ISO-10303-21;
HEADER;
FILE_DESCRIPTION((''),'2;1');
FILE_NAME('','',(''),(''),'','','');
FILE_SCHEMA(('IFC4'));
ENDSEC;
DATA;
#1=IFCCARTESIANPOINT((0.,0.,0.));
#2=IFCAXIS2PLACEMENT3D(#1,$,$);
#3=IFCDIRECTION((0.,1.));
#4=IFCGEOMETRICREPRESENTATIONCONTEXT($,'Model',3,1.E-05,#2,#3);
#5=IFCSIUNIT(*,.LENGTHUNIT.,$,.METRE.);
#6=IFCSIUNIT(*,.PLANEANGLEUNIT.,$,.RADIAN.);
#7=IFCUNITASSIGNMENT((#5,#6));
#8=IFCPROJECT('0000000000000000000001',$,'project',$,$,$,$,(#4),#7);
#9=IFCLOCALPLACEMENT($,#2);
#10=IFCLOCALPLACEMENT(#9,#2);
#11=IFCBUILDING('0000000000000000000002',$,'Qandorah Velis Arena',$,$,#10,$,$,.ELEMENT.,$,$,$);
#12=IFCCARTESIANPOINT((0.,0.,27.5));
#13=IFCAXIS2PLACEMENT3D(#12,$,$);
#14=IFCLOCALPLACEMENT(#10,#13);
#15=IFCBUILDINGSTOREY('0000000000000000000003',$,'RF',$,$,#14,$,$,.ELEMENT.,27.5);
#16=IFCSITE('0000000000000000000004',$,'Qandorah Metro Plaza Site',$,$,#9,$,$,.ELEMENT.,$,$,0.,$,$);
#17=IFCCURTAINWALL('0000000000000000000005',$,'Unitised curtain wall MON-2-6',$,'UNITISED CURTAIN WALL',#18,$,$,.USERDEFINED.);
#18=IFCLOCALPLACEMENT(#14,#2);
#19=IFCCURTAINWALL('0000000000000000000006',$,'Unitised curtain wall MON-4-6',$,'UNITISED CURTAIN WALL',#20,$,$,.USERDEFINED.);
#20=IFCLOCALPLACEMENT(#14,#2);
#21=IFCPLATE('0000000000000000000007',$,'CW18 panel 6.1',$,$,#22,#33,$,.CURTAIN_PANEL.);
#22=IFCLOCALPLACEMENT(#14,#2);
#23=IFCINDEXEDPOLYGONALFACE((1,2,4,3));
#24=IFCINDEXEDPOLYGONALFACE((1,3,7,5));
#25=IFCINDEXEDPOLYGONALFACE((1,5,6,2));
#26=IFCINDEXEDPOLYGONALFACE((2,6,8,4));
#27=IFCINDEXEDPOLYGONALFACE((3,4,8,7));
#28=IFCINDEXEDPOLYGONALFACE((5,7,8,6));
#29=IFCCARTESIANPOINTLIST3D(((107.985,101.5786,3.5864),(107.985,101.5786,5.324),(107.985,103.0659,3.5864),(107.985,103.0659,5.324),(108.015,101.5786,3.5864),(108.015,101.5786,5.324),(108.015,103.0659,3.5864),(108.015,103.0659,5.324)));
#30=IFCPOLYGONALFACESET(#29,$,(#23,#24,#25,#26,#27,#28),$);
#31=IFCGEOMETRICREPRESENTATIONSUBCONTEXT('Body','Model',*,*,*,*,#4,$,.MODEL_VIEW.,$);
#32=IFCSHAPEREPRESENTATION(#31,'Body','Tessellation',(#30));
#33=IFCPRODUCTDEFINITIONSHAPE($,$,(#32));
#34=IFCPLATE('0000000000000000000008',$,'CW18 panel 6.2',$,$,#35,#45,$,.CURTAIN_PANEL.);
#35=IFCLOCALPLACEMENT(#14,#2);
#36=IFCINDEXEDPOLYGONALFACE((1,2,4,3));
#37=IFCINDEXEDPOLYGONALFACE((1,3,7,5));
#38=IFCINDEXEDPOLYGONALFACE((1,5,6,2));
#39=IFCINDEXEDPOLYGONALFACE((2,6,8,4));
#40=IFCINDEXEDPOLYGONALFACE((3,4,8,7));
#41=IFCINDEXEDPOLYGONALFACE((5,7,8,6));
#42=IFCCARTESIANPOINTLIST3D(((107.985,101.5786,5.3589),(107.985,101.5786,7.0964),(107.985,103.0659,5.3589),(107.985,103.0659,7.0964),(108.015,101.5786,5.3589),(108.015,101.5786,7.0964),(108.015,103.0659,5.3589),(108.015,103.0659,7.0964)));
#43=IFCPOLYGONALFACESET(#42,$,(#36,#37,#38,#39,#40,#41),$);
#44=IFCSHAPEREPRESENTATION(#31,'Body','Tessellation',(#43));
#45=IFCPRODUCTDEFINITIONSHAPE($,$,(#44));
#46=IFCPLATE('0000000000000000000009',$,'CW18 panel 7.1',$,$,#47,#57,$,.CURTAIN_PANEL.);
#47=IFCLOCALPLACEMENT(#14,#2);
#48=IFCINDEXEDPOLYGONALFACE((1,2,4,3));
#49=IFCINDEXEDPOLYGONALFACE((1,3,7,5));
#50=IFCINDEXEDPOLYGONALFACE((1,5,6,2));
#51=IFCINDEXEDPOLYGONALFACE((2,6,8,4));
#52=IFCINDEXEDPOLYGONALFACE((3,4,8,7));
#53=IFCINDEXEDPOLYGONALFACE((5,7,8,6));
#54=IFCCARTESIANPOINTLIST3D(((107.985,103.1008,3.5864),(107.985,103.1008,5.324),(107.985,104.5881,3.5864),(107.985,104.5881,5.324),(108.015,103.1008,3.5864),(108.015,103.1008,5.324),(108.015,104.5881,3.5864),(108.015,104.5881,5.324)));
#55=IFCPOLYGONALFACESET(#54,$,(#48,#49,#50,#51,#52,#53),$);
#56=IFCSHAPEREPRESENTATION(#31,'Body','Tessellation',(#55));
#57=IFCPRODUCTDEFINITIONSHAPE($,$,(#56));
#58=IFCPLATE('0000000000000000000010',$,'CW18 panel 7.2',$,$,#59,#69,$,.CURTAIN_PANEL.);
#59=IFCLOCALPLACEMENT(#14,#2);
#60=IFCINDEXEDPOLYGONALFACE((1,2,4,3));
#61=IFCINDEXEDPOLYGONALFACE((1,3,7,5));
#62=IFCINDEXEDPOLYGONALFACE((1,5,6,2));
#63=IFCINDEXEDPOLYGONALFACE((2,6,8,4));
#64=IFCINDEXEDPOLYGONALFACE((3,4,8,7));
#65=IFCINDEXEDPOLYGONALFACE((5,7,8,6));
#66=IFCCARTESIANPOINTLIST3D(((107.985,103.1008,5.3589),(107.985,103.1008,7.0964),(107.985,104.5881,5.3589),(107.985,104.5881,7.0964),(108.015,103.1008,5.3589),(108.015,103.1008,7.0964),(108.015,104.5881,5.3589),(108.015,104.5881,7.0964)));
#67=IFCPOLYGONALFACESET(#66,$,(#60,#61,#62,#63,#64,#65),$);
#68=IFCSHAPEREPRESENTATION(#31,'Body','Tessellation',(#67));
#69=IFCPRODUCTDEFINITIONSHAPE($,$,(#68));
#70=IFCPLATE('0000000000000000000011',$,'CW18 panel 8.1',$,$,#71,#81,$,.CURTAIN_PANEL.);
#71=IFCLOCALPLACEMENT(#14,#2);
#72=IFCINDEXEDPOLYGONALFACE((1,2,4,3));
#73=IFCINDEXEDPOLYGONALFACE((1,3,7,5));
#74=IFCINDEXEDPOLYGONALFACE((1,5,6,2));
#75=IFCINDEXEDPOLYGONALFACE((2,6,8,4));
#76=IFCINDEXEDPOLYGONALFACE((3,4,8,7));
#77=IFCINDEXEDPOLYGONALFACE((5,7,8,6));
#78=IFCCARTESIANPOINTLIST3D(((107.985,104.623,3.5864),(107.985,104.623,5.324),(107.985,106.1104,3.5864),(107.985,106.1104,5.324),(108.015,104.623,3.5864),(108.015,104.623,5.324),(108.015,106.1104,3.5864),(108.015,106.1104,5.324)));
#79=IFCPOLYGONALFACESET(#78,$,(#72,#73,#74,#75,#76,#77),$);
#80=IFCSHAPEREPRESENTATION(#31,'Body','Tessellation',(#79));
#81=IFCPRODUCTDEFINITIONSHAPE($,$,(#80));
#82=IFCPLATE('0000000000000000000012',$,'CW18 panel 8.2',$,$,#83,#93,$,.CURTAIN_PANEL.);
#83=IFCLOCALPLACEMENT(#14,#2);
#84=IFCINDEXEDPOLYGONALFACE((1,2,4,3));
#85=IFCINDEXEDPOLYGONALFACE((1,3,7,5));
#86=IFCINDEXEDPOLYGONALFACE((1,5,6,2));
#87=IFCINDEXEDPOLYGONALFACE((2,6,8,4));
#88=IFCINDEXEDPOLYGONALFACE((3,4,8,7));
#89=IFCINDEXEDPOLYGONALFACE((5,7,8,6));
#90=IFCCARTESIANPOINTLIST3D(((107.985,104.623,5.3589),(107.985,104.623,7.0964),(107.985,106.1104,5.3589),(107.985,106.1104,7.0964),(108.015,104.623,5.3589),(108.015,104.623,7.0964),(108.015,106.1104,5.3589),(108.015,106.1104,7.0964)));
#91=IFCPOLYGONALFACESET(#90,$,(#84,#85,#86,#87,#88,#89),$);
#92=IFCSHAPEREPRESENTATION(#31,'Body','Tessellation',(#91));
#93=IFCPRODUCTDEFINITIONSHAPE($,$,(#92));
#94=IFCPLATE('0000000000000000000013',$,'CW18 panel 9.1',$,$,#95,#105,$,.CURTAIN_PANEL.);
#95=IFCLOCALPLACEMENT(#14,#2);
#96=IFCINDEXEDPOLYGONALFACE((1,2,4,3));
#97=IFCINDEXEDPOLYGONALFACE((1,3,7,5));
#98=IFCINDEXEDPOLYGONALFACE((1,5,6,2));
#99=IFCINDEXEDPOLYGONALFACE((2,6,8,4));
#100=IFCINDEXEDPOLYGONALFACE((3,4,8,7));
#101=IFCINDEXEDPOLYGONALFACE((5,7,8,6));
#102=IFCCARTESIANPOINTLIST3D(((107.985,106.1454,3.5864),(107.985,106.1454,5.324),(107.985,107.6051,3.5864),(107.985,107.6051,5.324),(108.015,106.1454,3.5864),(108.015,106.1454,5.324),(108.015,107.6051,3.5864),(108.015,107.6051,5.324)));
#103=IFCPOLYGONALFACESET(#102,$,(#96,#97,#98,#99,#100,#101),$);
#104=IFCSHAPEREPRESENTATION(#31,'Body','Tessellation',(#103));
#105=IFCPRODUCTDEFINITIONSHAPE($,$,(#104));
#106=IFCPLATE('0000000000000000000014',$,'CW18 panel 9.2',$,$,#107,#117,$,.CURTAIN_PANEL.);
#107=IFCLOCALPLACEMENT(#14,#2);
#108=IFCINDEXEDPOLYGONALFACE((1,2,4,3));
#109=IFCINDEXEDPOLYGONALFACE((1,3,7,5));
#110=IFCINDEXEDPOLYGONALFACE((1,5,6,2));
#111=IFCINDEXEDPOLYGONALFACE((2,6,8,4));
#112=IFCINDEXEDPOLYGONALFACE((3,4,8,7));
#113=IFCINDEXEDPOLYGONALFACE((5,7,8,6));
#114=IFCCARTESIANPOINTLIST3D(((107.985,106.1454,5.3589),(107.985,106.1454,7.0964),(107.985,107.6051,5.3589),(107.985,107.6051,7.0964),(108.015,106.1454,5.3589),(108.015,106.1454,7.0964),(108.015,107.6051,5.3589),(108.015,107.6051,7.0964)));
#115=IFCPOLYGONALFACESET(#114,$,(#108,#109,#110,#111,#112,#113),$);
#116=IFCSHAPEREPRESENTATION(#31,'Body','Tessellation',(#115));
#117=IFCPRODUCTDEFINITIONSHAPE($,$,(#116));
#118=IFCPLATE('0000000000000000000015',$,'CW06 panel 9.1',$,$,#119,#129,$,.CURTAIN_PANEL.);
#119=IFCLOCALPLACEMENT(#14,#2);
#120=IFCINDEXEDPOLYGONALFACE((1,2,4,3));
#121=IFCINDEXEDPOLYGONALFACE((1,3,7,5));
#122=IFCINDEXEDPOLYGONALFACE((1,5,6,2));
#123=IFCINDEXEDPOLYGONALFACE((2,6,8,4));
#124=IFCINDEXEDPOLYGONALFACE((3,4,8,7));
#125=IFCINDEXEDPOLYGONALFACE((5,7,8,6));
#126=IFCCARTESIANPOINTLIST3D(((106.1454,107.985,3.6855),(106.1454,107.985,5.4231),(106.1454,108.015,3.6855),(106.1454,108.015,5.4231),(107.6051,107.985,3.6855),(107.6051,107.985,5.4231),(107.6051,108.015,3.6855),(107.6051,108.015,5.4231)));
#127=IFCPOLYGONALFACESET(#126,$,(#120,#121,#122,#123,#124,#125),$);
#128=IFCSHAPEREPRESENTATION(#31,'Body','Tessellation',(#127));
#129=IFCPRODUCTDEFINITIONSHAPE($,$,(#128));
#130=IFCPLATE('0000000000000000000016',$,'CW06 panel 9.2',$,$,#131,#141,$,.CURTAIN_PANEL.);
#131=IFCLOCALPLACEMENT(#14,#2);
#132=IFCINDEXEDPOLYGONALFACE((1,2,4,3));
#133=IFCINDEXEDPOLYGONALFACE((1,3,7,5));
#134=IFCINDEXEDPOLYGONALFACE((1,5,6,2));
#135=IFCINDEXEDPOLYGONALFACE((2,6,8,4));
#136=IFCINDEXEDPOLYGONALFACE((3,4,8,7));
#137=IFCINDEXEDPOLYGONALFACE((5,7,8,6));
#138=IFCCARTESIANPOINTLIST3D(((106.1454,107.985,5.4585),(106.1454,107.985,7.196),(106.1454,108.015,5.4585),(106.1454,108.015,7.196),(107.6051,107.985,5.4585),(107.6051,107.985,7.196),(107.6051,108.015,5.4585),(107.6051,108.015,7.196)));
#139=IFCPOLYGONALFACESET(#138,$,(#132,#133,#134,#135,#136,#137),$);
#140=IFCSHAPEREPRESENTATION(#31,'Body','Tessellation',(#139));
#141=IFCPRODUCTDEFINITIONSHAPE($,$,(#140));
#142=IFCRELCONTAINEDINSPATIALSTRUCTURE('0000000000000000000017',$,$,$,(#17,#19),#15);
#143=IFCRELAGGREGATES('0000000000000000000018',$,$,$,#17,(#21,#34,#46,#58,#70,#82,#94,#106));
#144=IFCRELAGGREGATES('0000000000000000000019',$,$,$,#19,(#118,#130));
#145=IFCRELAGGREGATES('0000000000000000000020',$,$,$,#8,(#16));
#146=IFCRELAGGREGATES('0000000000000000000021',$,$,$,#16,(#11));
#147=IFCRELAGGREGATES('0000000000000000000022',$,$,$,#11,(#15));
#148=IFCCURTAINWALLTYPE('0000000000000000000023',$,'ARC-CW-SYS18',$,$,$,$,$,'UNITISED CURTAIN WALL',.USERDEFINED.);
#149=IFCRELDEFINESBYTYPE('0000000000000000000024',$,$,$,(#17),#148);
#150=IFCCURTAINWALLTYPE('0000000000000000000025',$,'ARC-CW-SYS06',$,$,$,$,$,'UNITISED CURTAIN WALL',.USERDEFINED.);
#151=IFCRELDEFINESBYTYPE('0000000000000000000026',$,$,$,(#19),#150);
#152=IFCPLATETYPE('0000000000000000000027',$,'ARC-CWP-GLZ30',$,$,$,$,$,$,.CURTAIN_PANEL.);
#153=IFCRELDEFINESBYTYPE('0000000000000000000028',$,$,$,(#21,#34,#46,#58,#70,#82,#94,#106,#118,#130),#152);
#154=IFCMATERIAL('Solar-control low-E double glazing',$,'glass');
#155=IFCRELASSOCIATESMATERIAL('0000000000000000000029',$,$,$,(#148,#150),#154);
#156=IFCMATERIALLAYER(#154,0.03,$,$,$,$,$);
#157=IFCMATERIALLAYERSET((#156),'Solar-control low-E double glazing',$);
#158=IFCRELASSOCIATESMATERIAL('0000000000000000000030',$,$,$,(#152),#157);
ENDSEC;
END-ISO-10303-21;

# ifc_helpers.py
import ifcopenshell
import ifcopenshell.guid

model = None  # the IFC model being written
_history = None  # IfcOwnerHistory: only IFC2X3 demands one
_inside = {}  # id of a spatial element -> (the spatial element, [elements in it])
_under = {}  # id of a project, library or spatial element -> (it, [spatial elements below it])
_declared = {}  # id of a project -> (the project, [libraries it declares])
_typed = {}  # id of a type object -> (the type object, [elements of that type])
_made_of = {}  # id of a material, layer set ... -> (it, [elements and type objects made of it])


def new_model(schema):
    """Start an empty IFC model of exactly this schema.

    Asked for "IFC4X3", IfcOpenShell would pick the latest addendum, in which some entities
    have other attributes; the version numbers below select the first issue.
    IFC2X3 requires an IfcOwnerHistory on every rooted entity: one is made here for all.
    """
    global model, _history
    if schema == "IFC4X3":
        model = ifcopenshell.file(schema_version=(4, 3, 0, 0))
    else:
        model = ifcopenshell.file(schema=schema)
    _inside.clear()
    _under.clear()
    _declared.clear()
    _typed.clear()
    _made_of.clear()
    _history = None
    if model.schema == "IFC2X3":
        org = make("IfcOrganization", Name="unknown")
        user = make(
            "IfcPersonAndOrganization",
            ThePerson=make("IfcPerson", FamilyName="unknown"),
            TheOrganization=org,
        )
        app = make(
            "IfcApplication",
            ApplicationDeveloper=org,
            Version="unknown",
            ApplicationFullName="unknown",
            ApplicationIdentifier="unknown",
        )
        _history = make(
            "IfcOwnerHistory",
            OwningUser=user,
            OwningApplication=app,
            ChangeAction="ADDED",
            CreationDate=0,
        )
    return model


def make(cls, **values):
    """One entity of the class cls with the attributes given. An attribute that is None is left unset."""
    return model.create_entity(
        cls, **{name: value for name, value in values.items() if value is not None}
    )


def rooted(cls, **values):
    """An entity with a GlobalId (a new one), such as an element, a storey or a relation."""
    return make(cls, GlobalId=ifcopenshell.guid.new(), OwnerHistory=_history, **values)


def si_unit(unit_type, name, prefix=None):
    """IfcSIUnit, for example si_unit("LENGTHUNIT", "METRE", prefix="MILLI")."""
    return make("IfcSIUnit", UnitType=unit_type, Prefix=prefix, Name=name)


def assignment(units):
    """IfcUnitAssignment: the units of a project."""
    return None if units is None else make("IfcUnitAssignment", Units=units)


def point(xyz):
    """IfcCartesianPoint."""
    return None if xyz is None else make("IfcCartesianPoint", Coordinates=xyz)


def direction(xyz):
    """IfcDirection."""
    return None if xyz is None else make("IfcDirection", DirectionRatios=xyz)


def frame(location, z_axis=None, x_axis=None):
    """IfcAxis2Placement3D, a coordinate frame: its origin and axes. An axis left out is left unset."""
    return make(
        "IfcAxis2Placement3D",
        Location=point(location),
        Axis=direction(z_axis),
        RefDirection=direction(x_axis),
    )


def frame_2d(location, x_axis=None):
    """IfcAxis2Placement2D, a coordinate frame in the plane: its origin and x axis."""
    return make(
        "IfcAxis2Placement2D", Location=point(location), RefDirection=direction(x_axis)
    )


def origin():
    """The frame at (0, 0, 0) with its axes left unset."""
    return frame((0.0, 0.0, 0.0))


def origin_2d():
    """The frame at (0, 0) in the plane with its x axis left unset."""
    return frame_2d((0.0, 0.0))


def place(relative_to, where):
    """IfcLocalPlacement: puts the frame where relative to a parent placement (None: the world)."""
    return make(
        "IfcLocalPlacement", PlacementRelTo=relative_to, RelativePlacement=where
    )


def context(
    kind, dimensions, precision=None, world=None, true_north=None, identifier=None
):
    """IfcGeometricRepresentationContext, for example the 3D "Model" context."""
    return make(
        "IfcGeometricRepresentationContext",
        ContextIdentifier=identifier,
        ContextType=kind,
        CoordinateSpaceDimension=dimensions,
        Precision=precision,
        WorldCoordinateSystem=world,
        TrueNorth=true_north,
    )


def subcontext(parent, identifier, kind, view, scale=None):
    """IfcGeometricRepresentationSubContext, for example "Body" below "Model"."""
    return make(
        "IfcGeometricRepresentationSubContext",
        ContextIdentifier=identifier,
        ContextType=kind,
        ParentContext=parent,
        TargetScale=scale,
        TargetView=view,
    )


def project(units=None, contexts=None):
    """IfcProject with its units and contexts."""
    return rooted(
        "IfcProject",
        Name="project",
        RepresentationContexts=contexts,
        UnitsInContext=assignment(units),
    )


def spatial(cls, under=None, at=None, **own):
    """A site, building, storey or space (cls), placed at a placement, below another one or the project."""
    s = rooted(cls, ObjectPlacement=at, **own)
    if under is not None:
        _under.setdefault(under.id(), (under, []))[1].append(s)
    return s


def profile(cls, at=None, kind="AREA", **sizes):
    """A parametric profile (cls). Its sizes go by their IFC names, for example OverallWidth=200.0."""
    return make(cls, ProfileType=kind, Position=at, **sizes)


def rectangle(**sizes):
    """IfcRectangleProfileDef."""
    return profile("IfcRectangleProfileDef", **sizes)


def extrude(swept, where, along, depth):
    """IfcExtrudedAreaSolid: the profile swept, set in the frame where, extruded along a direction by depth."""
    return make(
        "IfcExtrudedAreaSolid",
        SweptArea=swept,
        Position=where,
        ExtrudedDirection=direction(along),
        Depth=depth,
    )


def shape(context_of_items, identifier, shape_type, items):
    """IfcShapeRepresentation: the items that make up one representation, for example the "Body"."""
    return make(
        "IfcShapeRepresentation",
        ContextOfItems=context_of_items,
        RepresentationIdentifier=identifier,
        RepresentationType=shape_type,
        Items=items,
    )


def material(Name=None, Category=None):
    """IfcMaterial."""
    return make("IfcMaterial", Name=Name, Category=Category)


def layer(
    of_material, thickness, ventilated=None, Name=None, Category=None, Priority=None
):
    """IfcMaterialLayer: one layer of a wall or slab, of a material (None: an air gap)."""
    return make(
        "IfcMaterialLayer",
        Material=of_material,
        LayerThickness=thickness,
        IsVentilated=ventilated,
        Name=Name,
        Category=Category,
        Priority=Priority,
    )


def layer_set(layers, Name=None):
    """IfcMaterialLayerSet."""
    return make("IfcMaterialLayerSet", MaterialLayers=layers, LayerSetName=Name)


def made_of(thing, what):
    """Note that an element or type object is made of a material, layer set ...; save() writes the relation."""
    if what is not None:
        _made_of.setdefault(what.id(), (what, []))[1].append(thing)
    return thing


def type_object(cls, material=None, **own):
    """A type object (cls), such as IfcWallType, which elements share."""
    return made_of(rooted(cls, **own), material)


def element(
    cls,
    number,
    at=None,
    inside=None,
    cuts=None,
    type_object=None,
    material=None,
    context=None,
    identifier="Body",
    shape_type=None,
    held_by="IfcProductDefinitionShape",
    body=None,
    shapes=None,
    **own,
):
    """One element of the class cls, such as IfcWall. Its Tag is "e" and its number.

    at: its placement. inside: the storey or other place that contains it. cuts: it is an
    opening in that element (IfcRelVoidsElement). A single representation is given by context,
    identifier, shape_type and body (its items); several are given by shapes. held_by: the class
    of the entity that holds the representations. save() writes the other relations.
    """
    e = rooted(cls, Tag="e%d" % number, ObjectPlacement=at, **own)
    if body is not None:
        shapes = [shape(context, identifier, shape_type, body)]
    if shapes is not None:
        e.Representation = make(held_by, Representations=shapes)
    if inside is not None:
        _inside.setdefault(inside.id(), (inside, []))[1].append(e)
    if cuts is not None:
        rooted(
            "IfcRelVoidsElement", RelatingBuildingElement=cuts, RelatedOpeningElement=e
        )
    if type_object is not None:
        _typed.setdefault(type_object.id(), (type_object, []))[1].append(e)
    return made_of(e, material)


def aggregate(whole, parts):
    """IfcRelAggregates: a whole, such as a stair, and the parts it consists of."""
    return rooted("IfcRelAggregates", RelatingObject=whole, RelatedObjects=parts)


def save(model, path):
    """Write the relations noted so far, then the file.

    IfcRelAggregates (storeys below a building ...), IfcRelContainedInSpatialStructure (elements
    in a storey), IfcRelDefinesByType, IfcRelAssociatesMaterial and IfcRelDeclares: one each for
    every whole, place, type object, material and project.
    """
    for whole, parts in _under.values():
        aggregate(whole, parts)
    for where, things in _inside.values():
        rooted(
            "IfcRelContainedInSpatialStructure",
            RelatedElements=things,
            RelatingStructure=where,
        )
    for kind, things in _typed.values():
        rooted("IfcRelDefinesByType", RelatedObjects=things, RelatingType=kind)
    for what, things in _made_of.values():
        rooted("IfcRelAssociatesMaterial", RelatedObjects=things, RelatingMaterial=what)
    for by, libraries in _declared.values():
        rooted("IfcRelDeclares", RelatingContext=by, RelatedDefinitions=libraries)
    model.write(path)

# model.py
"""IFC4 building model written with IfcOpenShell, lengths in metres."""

from ifc_helpers import new_model, si_unit, direction, frame, origin, origin_2d, place, context, subcontext, project, spatial, rectangle, extrude, material, layer, layer_set, type_object, element, aggregate, save


model = new_model("IFC4")

# Units and contexts
model_context = context("Model", 3, precision=1e-05, world=origin(), true_north=direction((0.0, 1.0)))
body_context = subcontext(model_context, "Body", "Model", "MODEL_VIEW")
ifc_project = project(units=[si_unit("LENGTHUNIT", "METRE"), si_unit("PLANEANGLEUNIT", "RADIAN")], contexts=[model_context])

# Site, building, storey
site_placement = place(None, origin())
site = spatial("IfcSite", under=ifc_project, at=site_placement, Name="Qandorah Metro Plaza Site", CompositionType="ELEMENT", RefElevation=0.0)
building_placement = place(site_placement, origin())
building = spatial("IfcBuilding", under=site, at=building_placement, Name="Qandorah Velis Arena", CompositionType="ELEMENT")
storey_placement = place(building_placement, frame((0.0, 0.0, 27.5)))
storey = spatial("IfcBuildingStorey", under=building, at=storey_placement, Name="RF", CompositionType="ELEMENT", Elevation=27.5)

# Curtain walls
ifc_material_1 = material(Name="Solar-control low-E double glazing", Category="glass")
curtain_wall_type_1 = type_object("IfcCurtainWallType", Name="ARC-CW-SYS18", ElementType="UNITISED CURTAIN WALL", PredefinedType="USERDEFINED", material=ifc_material_1)
curtain_wall_1_placement = place(storey_placement, origin())
curtain_wall_1 = element("IfcCurtainWall", 1, at=curtain_wall_1_placement, inside=storey, type_object=curtain_wall_type_1, Name="Unitised curtain wall MON-2-6", ObjectType="UNITISED CURTAIN WALL", PredefinedType="USERDEFINED")
curtain_wall_type_2 = type_object("IfcCurtainWallType", Name="ARC-CW-SYS06", ElementType="UNITISED CURTAIN WALL", PredefinedType="USERDEFINED", material=ifc_material_1)
curtain_wall_2_placement = place(storey_placement, origin())
curtain_wall_2 = element("IfcCurtainWall", 2, at=curtain_wall_2_placement, inside=storey, type_object=curtain_wall_type_2, Name="Unitised curtain wall MON-4-6", ObjectType="UNITISED CURTAIN WALL", PredefinedType="USERDEFINED")

# Plates
ifc_layer = layer(ifc_material_1, 0.03)
ifc_layer_set = layer_set([ifc_layer], Name="Solar-control low-E double glazing")
plate_type = type_object("IfcPlateType", Name="ARC-CWP-GLZ30", PredefinedType="CURTAIN_PANEL", material=ifc_layer_set)
plate_1_placement = place(storey_placement, frame((108.0, 102.3223, 3.5864), z_axis=(0.0, 0.0, 1.0), x_axis=(0.0, 1.0, 0.0)))
plate_1 = element("IfcPlate", 3, at=plate_1_placement, type_object=plate_type, Name="CW18 panel 6.1", PredefinedType="CURTAIN_PANEL", context=body_context, shape_type="SweptSolid", body=[
    extrude(rectangle(XDim=1.4873, YDim=0.03, at=origin_2d()), origin(), (0.0, 0.0, 1.0), 1.7375),
])
plate_2_placement = place(storey_placement, frame((108.0, 102.3223, 5.3589), z_axis=(0.0, 0.0, 1.0), x_axis=(0.0, 1.0, 0.0)))
plate_2 = element("IfcPlate", 4, at=plate_2_placement, type_object=plate_type, Name="CW18 panel 6.2", PredefinedType="CURTAIN_PANEL", context=body_context, shape_type="SweptSolid", body=[
    extrude(rectangle(XDim=1.4873, YDim=0.03, at=origin_2d()), origin(), (0.0, 0.0, 1.0), 1.7375),
])
plate_3_placement = place(storey_placement, frame((108.0, 103.8445, 3.5864), z_axis=(0.0, 0.0, 1.0), x_axis=(0.0, 1.0, 0.0)))
plate_3 = element("IfcPlate", 5, at=plate_3_placement, type_object=plate_type, Name="CW18 panel 7.1", PredefinedType="CURTAIN_PANEL", context=body_context, shape_type="SweptSolid", body=[
    extrude(rectangle(XDim=1.4873, YDim=0.03, at=origin_2d()), origin(), (0.0, 0.0, 1.0), 1.7375),
])
plate_4_placement = place(storey_placement, frame((108.0, 103.8445, 5.3589), z_axis=(0.0, 0.0, 1.0), x_axis=(0.0, 1.0, 0.0)))
plate_4 = element("IfcPlate", 6, at=plate_4_placement, type_object=plate_type, Name="CW18 panel 7.2", PredefinedType="CURTAIN_PANEL", context=body_context, shape_type="SweptSolid", body=[
    extrude(rectangle(XDim=1.4873, YDim=0.03, at=origin_2d()), origin(), (0.0, 0.0, 1.0), 1.7375),
])
plate_5_placement = place(storey_placement, frame((108.0, 105.3667, 3.5864), z_axis=(0.0, 0.0, 1.0), x_axis=(0.0, 1.0, 0.0)))
plate_5 = element("IfcPlate", 7, at=plate_5_placement, type_object=plate_type, Name="CW18 panel 8.1", PredefinedType="CURTAIN_PANEL", context=body_context, shape_type="SweptSolid", body=[
    extrude(rectangle(XDim=1.4873, YDim=0.03, at=origin_2d()), origin(), (0.0, 0.0, 1.0), 1.7375),
])
plate_6_placement = place(storey_placement, frame((108.0, 105.3667, 5.3589), z_axis=(0.0, 0.0, 1.0), x_axis=(0.0, 1.0, 0.0)))
plate_6 = element("IfcPlate", 8, at=plate_6_placement, type_object=plate_type, Name="CW18 panel 8.2", PredefinedType="CURTAIN_PANEL", context=body_context, shape_type="SweptSolid", body=[
    extrude(rectangle(XDim=1.4873, YDim=0.03, at=origin_2d()), origin(), (0.0, 0.0, 1.0), 1.7375),
])
plate_7_placement = place(storey_placement, frame((108.0, 106.8752, 3.5864), z_axis=(0.0, 0.0, 1.0), x_axis=(0.0, 1.0, 0.0)))
plate_7 = element("IfcPlate", 9, at=plate_7_placement, type_object=plate_type, Name="CW18 panel 9.1", PredefinedType="CURTAIN_PANEL", context=body_context, shape_type="SweptSolid", body=[
    extrude(rectangle(XDim=1.4597, YDim=0.03, at=origin_2d()), origin(), (0.0, 0.0, 1.0), 1.7375),
])
plate_8_placement = place(storey_placement, frame((108.0, 106.8752, 5.3589), z_axis=(0.0, 0.0, 1.0), x_axis=(0.0, 1.0, 0.0)))
plate_8 = element("IfcPlate", 10, at=plate_8_placement, type_object=plate_type, Name="CW18 panel 9.2", PredefinedType="CURTAIN_PANEL", context=body_context, shape_type="SweptSolid", body=[
    extrude(rectangle(XDim=1.4597, YDim=0.03, at=origin_2d()), origin(), (0.0, 0.0, 1.0), 1.7375),
])
aggregate(curtain_wall_1, [plate_1, plate_2, plate_3, plate_4, plate_5, plate_6, plate_7, plate_8])
plate_9_placement = place(storey_placement, frame((106.8752, 108.0, 3.6855), z_axis=(0.0, 0.0, 1.0), x_axis=(1.0, 0.0, 0.0)))
plate_9 = element("IfcPlate", 11, at=plate_9_placement, type_object=plate_type, Name="CW06 panel 9.1", PredefinedType="CURTAIN_PANEL", context=body_context, shape_type="SweptSolid", body=[
    extrude(rectangle(XDim=1.4597, YDim=0.03, at=origin_2d()), origin(), (0.0, 0.0, 1.0), 1.7375),
])
plate_10_placement = place(storey_placement, frame((106.8752, 108.0, 5.4585), z_axis=(0.0, 0.0, 1.0), x_axis=(1.0, 0.0, 0.0)))
plate_10 = element("IfcPlate", 12, at=plate_10_placement, type_object=plate_type, Name="CW06 panel 9.2", PredefinedType="CURTAIN_PANEL", context=body_context, shape_type="SweptSolid", body=[
    extrude(rectangle(XDim=1.4597, YDim=0.03, at=origin_2d()), origin(), (0.0, 0.0, 1.0), 1.7375),
])
aggregate(curtain_wall_2, [plate_9, plate_10])

save(model, "model.ifc")
